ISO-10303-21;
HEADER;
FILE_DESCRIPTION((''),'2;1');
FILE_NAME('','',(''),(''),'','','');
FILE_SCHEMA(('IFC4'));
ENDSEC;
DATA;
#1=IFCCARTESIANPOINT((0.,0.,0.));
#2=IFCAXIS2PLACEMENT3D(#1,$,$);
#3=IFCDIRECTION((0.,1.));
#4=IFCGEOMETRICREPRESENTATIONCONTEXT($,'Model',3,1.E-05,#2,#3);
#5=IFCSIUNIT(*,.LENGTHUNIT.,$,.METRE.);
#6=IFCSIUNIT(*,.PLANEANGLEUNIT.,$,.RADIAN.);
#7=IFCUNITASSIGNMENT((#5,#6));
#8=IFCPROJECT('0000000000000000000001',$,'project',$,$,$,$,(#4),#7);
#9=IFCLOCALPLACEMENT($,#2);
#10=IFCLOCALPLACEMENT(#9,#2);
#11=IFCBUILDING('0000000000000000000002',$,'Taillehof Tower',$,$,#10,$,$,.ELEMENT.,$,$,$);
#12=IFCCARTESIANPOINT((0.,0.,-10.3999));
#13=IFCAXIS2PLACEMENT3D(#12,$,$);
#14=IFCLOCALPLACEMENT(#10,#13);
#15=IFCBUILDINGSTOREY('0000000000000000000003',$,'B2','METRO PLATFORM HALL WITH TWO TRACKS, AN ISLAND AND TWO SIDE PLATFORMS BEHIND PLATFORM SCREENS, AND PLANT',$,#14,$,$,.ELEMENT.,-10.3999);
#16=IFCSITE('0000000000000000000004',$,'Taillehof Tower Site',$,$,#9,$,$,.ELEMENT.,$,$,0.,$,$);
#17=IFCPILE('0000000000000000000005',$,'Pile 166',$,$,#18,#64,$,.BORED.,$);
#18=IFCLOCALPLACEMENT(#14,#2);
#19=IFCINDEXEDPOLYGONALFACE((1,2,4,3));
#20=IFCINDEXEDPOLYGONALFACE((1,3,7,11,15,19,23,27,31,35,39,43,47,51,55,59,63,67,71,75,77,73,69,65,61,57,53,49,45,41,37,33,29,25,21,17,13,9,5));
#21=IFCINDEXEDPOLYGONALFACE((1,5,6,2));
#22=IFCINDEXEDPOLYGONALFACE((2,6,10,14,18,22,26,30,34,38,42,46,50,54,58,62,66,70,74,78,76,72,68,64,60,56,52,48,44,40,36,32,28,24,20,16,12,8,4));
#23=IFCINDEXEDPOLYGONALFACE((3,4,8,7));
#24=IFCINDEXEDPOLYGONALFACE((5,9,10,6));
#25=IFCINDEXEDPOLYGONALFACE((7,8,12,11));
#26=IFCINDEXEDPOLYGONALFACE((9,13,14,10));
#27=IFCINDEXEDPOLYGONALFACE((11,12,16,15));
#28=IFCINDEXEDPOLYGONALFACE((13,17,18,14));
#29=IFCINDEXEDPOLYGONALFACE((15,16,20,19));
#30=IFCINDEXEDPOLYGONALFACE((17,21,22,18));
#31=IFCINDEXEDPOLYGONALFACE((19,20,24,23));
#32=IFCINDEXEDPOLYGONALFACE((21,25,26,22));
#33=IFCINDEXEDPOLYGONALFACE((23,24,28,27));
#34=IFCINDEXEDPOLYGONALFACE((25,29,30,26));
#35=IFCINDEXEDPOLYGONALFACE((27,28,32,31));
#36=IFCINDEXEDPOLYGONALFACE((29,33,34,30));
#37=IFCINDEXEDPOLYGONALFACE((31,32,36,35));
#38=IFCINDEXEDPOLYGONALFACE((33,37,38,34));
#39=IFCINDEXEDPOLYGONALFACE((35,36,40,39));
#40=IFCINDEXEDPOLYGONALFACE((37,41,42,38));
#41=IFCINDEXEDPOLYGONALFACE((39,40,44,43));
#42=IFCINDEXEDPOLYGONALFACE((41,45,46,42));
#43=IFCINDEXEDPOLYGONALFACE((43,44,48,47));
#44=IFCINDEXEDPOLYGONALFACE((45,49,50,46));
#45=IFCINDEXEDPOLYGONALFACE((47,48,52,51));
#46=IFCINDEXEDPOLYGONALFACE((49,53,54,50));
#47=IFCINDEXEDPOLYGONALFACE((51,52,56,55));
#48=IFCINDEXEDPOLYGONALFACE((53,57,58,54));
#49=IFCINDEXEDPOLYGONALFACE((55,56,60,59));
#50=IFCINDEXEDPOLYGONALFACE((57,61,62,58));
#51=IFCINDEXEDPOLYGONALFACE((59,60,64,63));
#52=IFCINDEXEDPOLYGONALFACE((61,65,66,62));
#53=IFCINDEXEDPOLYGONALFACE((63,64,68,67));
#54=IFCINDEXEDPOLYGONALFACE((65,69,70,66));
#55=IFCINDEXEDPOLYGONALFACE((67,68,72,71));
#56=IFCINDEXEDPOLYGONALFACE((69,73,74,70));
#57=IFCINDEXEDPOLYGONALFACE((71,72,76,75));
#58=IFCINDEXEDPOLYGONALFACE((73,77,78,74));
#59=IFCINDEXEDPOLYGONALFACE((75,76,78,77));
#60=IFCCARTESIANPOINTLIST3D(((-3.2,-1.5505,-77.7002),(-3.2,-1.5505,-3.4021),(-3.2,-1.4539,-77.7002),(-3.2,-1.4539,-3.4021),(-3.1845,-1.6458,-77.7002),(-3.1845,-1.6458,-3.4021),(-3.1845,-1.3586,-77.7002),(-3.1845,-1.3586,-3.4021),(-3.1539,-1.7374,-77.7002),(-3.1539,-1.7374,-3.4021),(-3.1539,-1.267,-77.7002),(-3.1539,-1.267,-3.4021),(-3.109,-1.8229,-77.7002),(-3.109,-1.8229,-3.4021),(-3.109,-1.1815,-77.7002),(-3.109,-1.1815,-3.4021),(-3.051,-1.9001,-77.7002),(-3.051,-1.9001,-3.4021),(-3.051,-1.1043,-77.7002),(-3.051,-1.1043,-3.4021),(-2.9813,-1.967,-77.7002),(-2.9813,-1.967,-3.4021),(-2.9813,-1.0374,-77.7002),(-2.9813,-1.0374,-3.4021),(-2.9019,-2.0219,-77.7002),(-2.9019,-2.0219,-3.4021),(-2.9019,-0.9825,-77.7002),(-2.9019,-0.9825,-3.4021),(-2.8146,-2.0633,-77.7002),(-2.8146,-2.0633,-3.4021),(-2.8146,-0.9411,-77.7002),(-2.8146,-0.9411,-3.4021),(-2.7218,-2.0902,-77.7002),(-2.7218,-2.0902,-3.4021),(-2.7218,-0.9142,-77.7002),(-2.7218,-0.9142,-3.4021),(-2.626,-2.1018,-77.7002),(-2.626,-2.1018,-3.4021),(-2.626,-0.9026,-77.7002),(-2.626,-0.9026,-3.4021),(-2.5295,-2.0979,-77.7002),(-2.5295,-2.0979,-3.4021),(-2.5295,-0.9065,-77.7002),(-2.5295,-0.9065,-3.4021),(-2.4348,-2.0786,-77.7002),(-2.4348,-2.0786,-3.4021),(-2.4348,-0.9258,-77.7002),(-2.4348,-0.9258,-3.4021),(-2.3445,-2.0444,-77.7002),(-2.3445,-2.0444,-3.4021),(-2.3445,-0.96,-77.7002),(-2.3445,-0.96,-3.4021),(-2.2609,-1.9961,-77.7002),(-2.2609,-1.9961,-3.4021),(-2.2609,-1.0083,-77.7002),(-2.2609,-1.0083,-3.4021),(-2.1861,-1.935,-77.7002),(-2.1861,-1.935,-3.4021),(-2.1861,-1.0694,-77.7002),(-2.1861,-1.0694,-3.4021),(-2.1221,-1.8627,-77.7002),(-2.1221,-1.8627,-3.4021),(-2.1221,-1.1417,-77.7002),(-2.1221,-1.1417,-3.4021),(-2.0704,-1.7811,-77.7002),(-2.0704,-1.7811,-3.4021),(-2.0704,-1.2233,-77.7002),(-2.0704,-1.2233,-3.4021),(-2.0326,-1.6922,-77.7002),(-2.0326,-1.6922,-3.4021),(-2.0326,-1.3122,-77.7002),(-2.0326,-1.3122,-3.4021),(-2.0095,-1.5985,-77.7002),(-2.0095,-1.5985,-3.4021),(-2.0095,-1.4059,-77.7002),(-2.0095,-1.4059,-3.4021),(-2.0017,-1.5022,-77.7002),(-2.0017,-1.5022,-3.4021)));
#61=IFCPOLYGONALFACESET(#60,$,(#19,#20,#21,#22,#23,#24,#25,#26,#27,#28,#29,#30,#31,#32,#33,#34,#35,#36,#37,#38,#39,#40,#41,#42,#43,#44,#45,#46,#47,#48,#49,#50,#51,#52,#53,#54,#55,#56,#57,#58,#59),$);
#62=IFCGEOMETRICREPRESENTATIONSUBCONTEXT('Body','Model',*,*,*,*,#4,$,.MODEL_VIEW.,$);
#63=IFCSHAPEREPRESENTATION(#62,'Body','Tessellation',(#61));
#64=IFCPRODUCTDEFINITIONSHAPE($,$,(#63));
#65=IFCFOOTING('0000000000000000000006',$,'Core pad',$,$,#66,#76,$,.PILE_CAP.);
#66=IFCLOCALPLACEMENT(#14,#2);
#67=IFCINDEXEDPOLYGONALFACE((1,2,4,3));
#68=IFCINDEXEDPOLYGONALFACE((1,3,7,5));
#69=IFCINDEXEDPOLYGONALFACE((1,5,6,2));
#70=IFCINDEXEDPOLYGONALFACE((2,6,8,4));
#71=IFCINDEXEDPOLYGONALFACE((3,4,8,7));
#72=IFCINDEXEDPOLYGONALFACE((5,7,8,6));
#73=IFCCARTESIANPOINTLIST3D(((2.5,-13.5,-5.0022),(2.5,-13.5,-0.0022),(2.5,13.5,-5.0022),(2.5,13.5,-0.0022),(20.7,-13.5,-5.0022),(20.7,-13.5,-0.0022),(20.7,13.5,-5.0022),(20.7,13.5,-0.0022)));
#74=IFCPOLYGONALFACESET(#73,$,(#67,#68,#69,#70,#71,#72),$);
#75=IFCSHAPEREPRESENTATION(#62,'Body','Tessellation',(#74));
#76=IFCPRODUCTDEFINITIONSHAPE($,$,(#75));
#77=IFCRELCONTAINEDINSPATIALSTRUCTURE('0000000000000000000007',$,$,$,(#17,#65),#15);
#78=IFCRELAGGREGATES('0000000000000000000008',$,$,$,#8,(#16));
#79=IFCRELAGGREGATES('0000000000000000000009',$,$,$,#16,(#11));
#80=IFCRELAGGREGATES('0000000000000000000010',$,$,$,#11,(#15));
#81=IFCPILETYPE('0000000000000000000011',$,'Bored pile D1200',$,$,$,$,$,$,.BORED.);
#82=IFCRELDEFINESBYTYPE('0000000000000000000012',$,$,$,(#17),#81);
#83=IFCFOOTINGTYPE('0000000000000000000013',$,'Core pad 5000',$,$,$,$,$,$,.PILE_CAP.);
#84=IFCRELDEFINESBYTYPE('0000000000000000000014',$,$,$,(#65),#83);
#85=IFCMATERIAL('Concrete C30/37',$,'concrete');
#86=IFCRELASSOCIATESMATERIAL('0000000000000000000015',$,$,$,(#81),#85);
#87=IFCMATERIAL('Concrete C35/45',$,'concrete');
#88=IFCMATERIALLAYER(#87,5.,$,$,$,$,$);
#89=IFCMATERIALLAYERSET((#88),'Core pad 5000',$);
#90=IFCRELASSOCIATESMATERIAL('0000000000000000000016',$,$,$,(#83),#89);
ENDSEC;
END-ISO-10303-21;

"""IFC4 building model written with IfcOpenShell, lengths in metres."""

from ifc_helpers import new_model, si_unit, direction, frame, origin, origin_2d, place, context, subcontext, project, spatial, polyline, circle, outline, extrude, material, layer, layer_set, material_profile, profile_set, type_object, element, save


model = new_model("IFC4")

# Units and contexts
model_context = context("Model", 3, precision=1e-05, world=origin(), true_north=direction((0.0, 1.0)))
body_context = subcontext(model_context, "Body", "Model", "MODEL_VIEW")
ifc_project = project(units=[si_unit("LENGTHUNIT", "METRE"), si_unit("PLANEANGLEUNIT", "RADIAN")], contexts=[model_context])

# Site, building, storey
site_placement = place(None, origin())
site = spatial("IfcSite", under=ifc_project, at=site_placement, Name="Taillehof Tower Site", CompositionType="ELEMENT", RefElevation=0.0)
building_placement = place(site_placement, origin())
building = spatial("IfcBuilding", under=site, at=building_placement, Name="Taillehof Tower", CompositionType="ELEMENT")
storey_placement = place(building_placement, frame((0.0, 0.0, -10.3999)))
storey = spatial("IfcBuildingStorey", under=building, at=storey_placement, Name="B2", Description="METRO PLATFORM HALL WITH TWO TRACKS, AN ISLAND AND TWO SIDE PLATFORMS BEHIND PLATFORM SCREENS, AND PLANT", CompositionType="ELEMENT", Elevation=-10.3999)

# Pile
ifc_material_1 = material(Name="Concrete C30/37", Category="concrete")
ifc_material_profile_1 = material_profile(ifc_material_1, circle(Radius=0.6001, at=origin_2d()), Name="BP D1200")
ifc_profile_set_1 = profile_set([ifc_material_profile_1], Name="Concrete C30/37")
pile_type = type_object("IfcPileType", Name="Bored pile D1200", PredefinedType="BORED", material=ifc_profile_set_1)
pile_placement = place(storey_placement, frame((-2.6018, -1.5022, -3.4021), z_axis=(0.0, 0.0, -1.0), x_axis=(1.0, 0.0, 0.0)))
element("IfcPile", 1, at=pile_placement, inside=storey, type_object=pile_type, Name="Pile 166", PredefinedType="BORED", context=body_context, shape_type="SweptSolid", body=[
    extrude(circle(Radius=0.6001, at=origin_2d()), origin(), (0.0, 0.0, 1.0), 74.2981),
])

# Footing
ifc_material_2 = material(Name="Concrete C35/45", Category="concrete")
ifc_layer_1 = layer(ifc_material_2, 5.0)
ifc_layer_set_1 = layer_set([ifc_layer_1], Name="Core pad 5000")
footing_type_1 = type_object("IfcFootingType", Name="Core pad 5000", PredefinedType="PILE_CAP", material=ifc_layer_set_1)
footing_1_placement = place(storey_placement, frame((0.0, 0.0, -5.0022)))
element("IfcFooting", 2, at=footing_1_placement, inside=storey, type_object=footing_type_1, Name="Core pad", PredefinedType="PILE_CAP", context=body_context, shape_type="SweptSolid", body=[
    extrude(outline(polyline([(20.7, -13.5), (20.7, 13.5), (2.5, 13.5), (2.5, -13.5), (20.7, -13.5)])), origin(), (0.0, 0.0, 1.0), 5.0),
])

save(model, "model.ifc")
